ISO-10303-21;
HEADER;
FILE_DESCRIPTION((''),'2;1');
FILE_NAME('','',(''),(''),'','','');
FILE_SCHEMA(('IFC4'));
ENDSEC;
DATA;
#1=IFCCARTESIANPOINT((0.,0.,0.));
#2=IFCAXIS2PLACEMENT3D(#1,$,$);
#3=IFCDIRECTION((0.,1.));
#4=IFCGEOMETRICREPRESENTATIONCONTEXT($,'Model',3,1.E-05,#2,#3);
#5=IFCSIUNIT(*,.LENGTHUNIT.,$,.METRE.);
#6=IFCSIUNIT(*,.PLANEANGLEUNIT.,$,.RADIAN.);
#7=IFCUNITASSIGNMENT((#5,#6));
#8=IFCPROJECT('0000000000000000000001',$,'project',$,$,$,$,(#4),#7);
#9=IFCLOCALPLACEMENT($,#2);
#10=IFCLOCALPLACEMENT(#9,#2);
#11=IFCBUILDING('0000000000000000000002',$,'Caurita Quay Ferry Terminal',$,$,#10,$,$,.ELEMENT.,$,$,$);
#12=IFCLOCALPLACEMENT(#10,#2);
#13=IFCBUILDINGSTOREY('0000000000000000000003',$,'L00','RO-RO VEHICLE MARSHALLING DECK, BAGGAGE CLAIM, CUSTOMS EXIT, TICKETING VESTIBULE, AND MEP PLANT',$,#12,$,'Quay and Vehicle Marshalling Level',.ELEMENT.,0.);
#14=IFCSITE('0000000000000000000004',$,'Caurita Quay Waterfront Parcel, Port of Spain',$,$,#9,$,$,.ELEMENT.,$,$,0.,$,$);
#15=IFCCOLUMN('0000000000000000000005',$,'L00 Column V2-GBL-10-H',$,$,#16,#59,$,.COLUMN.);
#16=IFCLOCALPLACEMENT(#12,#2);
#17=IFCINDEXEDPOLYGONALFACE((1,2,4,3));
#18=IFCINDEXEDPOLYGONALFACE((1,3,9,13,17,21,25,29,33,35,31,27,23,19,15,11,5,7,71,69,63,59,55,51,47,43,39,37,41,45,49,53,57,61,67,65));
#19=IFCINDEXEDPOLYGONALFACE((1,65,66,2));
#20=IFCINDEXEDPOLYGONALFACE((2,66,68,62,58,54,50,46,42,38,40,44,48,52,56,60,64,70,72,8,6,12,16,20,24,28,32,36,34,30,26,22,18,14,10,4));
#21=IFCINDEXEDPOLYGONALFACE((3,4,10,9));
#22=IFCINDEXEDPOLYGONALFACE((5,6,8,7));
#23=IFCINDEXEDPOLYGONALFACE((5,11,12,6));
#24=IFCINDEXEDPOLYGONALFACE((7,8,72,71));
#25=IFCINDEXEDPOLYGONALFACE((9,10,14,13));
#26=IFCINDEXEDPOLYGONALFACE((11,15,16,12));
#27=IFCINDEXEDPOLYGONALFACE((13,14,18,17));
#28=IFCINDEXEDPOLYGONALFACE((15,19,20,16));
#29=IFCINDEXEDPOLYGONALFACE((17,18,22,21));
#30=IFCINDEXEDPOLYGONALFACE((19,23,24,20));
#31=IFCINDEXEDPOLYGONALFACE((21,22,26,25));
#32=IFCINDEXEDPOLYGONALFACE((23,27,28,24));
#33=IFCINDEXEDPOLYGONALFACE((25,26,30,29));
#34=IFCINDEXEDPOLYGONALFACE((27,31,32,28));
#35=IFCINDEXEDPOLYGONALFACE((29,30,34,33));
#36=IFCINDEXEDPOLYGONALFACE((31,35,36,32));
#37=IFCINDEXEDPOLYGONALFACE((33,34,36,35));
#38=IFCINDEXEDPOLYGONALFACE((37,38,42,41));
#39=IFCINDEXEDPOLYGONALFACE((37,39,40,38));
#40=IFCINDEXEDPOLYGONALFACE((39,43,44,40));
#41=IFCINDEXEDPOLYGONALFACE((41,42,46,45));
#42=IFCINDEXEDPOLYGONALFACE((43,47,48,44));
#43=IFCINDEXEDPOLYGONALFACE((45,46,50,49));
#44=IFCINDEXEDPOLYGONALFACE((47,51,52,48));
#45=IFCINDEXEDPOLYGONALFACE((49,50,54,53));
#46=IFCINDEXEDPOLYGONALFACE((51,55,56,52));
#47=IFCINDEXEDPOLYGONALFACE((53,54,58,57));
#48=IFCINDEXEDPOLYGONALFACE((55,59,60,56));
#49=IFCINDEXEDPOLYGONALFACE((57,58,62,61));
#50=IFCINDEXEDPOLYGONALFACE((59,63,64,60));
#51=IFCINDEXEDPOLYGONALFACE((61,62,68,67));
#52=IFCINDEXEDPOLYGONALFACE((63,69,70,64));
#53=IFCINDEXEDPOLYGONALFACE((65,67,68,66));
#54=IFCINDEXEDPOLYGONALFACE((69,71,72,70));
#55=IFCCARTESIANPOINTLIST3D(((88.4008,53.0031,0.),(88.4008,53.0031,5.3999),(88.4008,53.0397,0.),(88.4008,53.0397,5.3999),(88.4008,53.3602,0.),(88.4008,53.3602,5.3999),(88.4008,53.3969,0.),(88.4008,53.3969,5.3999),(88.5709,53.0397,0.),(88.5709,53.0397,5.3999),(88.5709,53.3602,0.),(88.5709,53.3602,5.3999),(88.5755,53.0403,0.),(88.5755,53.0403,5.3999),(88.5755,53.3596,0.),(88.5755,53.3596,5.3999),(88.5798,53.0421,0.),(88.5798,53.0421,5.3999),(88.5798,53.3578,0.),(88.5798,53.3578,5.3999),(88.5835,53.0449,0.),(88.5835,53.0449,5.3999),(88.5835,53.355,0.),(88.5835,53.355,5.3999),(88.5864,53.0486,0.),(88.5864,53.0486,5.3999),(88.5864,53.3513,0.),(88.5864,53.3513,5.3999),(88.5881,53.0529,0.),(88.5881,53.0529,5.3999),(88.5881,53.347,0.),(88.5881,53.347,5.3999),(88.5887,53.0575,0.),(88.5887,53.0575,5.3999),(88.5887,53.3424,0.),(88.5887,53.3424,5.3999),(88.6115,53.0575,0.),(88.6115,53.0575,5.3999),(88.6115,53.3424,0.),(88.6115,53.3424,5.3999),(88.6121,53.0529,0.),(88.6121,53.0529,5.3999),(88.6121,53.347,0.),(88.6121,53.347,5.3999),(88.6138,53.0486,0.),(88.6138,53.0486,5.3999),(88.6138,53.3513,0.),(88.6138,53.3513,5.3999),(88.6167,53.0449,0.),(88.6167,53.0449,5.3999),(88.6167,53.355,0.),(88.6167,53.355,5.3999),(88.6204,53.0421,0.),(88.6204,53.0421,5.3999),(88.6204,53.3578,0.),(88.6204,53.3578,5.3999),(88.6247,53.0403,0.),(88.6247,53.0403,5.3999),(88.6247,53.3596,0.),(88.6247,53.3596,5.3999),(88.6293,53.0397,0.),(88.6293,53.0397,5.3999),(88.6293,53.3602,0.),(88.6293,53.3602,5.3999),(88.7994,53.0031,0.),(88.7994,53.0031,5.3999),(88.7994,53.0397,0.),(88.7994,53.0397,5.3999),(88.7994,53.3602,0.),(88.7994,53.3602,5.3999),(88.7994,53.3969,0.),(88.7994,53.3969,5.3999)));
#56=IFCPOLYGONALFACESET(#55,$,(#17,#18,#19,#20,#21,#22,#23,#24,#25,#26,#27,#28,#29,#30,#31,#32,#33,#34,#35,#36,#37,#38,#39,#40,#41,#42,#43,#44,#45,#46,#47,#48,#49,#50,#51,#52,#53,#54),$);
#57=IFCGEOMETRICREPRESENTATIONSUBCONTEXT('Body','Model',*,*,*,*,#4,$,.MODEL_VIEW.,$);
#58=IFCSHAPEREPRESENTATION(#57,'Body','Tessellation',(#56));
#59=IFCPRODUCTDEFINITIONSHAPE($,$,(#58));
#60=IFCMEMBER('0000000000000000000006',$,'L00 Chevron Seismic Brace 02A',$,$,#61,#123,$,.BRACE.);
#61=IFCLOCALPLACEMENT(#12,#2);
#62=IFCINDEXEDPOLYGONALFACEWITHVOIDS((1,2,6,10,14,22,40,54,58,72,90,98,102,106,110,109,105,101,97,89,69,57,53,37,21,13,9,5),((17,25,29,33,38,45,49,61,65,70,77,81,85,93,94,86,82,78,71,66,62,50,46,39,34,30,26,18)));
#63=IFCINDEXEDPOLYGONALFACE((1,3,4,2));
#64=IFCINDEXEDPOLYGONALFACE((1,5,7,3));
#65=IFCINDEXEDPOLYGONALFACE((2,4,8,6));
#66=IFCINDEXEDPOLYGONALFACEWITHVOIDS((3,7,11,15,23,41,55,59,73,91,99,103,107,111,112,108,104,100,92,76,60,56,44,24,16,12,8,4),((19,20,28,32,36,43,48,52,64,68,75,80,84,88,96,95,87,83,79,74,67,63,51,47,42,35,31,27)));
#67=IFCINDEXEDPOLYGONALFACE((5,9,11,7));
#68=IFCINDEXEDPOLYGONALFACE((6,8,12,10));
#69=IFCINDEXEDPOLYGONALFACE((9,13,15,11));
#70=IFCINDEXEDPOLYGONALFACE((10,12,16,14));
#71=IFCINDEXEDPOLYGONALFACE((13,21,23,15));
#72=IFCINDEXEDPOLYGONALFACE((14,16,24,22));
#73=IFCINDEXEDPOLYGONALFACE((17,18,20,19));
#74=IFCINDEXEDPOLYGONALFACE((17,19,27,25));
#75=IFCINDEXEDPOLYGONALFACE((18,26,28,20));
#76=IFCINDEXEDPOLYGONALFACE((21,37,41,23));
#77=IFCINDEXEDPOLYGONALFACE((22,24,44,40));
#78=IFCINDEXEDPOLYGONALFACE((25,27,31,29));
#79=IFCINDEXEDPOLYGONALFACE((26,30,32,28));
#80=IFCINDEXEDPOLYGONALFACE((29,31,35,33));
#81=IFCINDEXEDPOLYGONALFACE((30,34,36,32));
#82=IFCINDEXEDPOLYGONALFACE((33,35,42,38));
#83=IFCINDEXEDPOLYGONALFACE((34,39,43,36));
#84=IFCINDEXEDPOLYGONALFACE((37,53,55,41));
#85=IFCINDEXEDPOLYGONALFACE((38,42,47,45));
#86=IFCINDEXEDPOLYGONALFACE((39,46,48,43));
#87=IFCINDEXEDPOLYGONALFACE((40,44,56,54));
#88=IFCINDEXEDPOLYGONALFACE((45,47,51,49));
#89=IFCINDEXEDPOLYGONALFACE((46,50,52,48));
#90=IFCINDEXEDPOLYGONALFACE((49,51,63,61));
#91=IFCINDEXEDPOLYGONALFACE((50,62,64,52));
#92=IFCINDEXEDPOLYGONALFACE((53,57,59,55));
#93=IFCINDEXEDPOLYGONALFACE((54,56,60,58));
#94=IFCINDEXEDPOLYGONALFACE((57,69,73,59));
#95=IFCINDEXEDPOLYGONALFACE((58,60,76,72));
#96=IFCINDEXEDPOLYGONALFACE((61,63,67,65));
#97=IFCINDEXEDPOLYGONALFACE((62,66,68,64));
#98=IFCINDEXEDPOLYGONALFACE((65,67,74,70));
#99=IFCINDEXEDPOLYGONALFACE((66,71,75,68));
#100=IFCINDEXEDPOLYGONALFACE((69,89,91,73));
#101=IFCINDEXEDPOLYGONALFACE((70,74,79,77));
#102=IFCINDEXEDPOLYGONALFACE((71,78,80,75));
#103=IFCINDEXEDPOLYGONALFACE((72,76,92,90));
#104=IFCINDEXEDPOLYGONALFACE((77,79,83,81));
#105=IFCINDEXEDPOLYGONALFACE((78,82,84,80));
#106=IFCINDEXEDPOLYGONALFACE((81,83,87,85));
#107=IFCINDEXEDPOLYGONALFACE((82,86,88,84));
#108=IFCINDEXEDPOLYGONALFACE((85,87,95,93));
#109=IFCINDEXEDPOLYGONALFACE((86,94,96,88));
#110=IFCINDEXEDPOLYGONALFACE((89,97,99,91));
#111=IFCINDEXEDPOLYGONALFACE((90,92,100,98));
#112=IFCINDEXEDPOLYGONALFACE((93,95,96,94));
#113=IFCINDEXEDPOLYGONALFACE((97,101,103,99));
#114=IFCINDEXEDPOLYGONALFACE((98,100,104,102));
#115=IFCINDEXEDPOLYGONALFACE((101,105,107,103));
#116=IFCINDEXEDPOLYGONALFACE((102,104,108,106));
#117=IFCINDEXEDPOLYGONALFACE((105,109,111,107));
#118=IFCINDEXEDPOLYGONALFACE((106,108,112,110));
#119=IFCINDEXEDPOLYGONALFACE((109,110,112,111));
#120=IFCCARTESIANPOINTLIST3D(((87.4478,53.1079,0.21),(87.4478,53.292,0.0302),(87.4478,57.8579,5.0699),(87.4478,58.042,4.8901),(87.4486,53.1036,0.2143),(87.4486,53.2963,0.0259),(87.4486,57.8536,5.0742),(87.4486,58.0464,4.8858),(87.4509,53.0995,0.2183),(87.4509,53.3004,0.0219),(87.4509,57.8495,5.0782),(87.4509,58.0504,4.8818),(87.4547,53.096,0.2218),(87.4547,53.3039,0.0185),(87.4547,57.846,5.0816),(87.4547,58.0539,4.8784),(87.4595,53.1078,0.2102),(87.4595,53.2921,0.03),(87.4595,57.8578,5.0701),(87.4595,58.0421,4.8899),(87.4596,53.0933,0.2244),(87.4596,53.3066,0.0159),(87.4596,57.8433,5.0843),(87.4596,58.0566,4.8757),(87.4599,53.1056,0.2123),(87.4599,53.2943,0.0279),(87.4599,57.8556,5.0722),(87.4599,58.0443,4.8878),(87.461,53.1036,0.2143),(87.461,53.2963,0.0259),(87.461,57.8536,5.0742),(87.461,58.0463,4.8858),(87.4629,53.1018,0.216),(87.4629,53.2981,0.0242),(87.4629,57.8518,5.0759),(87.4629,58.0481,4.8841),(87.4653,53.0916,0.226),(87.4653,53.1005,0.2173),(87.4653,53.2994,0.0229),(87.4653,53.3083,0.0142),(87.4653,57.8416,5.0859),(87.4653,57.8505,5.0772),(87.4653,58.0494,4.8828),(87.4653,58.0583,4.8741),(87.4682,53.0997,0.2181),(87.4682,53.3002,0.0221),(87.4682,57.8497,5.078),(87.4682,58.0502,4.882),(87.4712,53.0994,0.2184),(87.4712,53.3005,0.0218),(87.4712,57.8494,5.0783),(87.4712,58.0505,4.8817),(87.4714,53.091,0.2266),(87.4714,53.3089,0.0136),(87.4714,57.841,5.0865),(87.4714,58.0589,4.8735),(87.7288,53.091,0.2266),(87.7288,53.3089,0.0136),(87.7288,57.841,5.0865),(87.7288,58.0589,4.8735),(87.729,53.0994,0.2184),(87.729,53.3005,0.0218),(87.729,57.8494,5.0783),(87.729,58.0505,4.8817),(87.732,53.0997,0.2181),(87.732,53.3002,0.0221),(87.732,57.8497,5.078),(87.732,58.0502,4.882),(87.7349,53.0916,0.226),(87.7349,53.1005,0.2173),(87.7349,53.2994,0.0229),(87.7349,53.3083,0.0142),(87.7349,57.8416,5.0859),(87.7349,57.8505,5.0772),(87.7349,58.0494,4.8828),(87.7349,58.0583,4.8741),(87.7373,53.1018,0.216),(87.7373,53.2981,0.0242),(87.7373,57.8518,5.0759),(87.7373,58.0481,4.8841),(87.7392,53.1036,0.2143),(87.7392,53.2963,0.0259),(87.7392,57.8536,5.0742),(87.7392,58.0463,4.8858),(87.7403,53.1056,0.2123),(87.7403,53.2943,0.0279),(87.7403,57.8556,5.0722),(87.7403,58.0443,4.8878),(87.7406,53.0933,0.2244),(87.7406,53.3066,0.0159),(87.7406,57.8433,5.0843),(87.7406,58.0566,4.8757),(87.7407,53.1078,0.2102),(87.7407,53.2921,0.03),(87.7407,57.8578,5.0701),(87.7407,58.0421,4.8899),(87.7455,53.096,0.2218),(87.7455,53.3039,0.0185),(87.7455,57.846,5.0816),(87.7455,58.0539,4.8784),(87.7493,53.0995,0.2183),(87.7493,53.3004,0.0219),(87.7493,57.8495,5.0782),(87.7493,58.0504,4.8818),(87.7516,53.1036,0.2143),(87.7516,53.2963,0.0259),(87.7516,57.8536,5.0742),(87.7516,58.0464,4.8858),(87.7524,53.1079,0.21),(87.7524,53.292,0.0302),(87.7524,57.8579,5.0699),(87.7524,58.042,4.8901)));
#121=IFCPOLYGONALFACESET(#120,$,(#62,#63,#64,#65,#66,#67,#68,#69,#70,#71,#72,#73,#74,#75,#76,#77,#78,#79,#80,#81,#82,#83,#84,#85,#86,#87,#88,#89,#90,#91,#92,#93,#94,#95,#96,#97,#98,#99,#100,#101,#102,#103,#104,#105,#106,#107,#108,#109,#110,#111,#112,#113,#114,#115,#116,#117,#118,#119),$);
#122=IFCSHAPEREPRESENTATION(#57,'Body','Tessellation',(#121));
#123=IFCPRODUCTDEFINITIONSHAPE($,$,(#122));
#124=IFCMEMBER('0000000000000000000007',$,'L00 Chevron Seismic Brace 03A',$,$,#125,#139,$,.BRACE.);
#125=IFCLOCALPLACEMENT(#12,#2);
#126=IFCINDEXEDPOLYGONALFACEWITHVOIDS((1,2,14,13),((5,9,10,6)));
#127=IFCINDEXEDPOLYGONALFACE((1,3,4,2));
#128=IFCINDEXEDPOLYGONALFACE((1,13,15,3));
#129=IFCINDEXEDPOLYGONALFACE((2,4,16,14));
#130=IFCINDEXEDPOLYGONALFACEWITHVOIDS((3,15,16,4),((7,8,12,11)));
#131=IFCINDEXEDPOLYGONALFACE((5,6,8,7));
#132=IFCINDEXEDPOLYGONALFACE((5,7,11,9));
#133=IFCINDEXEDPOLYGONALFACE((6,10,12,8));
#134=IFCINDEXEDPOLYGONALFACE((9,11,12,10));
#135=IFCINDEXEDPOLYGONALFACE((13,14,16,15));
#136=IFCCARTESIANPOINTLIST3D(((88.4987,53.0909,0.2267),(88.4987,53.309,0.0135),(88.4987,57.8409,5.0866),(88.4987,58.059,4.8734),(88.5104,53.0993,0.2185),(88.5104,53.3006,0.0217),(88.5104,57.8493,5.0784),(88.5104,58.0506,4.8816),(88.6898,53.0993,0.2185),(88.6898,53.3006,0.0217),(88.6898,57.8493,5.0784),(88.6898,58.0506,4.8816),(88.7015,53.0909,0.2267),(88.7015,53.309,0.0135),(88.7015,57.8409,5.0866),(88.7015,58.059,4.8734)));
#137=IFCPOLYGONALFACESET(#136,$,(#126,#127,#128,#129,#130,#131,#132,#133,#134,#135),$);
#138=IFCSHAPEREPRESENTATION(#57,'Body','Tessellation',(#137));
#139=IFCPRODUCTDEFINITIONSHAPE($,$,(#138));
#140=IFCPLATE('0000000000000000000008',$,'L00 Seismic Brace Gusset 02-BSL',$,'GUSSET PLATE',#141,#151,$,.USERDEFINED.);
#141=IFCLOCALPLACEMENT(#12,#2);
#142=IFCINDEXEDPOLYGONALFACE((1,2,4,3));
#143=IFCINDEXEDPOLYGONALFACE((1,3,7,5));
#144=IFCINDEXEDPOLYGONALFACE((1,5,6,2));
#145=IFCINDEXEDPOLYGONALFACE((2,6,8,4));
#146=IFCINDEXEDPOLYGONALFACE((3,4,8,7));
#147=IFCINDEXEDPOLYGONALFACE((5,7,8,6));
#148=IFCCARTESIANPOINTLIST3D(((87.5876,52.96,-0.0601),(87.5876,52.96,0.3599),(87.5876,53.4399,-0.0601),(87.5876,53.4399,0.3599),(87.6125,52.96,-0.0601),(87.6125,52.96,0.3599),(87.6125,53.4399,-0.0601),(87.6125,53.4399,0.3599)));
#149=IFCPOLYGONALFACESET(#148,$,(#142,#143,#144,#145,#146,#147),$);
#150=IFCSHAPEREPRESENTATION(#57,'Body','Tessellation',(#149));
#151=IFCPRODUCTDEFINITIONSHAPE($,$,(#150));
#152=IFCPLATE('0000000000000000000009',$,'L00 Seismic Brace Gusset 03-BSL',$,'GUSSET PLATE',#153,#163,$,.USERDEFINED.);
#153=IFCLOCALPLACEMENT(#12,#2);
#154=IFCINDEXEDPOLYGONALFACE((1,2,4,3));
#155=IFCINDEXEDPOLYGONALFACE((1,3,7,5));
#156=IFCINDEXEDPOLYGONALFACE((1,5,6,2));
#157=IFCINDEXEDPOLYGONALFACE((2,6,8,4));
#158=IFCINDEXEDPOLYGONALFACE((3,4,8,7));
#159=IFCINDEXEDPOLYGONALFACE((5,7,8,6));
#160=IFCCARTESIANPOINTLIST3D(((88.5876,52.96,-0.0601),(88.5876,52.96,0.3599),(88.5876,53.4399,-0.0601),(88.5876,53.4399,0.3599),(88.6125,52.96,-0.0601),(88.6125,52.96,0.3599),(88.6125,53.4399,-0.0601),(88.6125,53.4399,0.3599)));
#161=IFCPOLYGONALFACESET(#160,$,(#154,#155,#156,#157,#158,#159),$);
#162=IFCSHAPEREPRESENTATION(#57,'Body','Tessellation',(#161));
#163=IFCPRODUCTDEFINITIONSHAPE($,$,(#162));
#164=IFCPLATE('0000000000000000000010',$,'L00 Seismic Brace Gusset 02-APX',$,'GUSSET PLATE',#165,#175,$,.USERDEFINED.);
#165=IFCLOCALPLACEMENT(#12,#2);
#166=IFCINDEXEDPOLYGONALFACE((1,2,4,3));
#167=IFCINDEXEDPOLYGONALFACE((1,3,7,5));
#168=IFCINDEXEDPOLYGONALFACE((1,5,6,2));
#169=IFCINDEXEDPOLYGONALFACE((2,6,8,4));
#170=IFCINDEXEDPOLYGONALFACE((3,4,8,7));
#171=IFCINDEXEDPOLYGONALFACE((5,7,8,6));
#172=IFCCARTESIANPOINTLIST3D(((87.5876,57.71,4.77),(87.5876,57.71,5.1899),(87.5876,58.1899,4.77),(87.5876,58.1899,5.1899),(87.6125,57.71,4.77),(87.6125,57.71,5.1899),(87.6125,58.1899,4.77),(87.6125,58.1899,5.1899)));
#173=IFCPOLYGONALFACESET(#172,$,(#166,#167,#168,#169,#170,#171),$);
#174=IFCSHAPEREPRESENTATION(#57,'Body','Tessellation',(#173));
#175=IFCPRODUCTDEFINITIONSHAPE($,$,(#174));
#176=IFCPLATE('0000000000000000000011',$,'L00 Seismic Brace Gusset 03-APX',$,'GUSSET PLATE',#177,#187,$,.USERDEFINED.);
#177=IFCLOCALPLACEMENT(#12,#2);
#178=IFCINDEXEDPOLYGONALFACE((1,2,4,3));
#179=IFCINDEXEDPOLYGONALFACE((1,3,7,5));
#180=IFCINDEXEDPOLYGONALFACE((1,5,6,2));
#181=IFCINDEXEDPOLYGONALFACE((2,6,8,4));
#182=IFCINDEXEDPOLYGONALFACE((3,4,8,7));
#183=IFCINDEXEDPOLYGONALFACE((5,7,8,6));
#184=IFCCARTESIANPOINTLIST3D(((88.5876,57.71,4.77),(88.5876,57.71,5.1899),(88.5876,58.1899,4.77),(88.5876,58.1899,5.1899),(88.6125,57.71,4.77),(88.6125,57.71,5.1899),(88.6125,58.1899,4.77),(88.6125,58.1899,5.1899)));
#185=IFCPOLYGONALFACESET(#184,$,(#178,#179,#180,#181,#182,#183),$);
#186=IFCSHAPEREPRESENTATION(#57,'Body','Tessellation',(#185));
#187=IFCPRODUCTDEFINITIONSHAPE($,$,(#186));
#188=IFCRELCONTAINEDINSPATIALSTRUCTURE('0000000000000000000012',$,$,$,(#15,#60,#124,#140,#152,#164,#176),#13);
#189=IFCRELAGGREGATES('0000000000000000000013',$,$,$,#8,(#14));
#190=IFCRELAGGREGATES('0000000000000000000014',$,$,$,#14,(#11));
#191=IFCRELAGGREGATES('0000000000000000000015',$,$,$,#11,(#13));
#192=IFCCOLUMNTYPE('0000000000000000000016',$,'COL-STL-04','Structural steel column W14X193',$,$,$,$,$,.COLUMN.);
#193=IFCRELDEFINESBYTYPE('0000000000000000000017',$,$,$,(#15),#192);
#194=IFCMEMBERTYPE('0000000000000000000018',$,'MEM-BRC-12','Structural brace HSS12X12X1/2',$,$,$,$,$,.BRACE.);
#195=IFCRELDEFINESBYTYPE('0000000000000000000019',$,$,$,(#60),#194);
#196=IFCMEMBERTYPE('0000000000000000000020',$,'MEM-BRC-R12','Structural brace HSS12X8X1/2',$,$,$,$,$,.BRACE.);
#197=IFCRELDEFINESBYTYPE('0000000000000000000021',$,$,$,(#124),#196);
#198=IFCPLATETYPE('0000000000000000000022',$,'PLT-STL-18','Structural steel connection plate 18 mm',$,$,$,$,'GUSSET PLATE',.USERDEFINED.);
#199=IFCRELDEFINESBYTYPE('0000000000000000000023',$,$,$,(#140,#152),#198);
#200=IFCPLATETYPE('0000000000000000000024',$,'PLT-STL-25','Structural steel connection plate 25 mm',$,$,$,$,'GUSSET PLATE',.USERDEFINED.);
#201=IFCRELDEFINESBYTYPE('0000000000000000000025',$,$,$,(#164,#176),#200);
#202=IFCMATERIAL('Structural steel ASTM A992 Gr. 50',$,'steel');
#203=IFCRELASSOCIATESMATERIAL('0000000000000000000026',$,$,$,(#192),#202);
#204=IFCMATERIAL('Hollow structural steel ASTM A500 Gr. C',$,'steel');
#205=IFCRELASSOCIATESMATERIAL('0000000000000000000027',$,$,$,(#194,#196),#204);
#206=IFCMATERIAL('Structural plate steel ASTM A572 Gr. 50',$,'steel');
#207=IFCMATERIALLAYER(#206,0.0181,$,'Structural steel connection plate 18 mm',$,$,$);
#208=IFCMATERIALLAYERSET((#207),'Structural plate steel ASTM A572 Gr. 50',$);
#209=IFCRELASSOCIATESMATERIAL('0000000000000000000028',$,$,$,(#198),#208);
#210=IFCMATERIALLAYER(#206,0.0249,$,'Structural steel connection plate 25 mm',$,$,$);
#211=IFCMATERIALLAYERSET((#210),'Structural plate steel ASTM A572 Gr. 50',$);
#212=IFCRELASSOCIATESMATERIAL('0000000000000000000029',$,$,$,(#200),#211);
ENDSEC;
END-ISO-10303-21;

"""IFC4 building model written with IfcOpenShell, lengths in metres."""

from ifc_helpers import new_model, si_unit, direction, frame, origin, origin_2d, place, context, subcontext, project, spatial, rectangle, hollow_rectangle, i_section, extrude, material, layer, layer_set, material_profile, profile_set, type_object, element, save


model = new_model("IFC4")

# Units and contexts
model_context = context("Model", 3, precision=1e-05, world=origin(), true_north=direction((0.0, 1.0)))
body_context = subcontext(model_context, "Body", "Model", "MODEL_VIEW")
ifc_project = project(units=[si_unit("LENGTHUNIT", "METRE"), si_unit("PLANEANGLEUNIT", "RADIAN")], contexts=[model_context])

# Site, building, storey
site_placement = place(None, origin())
site = spatial("IfcSite", under=ifc_project, at=site_placement, Name="Caurita Quay Waterfront Parcel, Port of Spain", CompositionType="ELEMENT", RefElevation=0.0)
building_placement = place(site_placement, origin())
building = spatial("IfcBuilding", under=site, at=building_placement, Name="Caurita Quay Ferry Terminal", CompositionType="ELEMENT")
storey_placement = place(building_placement, origin())
storey = spatial("IfcBuildingStorey", under=building, at=storey_placement, Name="L00", Description="RO-RO VEHICLE MARSHALLING DECK, BAGGAGE CLAIM, CUSTOMS EXIT, TICKETING VESTIBULE, AND MEP PLANT", LongName="Quay and Vehicle Marshalling Level", CompositionType="ELEMENT", Elevation=0.0)

# Column
ifc_material_1 = material(Name="Structural steel ASTM A992 Gr. 50", Category="steel")
ifc_material_profile_1 = material_profile(ifc_material_1, i_section(OverallWidth=0.3987, OverallDepth=0.3938, WebThickness=0.0227, FlangeThickness=0.0366, FilletRadius=0.0178, at=origin_2d()), Name="W14X193")
ifc_profile_set_1 = profile_set([ifc_material_profile_1], Name="Structural steel ASTM A992 Gr. 50")
column_type_1 = type_object("IfcColumnType", Name="COL-STL-04", Description="Structural steel column W14X193", PredefinedType="COLUMN", material=ifc_profile_set_1)
for number, where, z_axis, x_axis, name in (
    (1, (88.6001, 53.2, 0.0), (0.0, 0.0, 1.0), (1.0, 0.0, 0.0), "L00 Column V2-GBL-10-H"),
):
    element("IfcColumn", number, at=place(storey_placement, frame(where, z_axis=z_axis, x_axis=x_axis)), inside=storey, type_object=column_type_1, Name=name, PredefinedType="COLUMN", context=body_context, shape_type="SweptSolid", body=[
        extrude(i_section(OverallWidth=0.3987, OverallDepth=0.3938, WebThickness=0.0227, FlangeThickness=0.0366, FilletRadius=0.0178, at=origin_2d()), origin(), (0.0, 0.0, 1.0), 5.3999),
    ])

# Members
ifc_material_2 = material(Name="Hollow structural steel ASTM A500 Gr. C", Category="steel")
ifc_material_profile_2 = material_profile(ifc_material_2, hollow_rectangle(XDim=0.3047, YDim=0.3047, WallThickness=0.0117, InnerFilletRadius=0.0117, OuterFilletRadius=0.0237, at=origin_2d()), Name="HSS12X12X1/2")
ifc_profile_set_2 = profile_set([ifc_material_profile_2], Name="Hollow structural steel ASTM A500 Gr. C")
member_type_1 = type_object("IfcMemberType", Name="MEM-BRC-12", Description="Structural brace HSS12X12X1/2", PredefinedType="BRACE", material=ifc_profile_set_2)
member_1_placement = place(storey_placement, frame((87.6001, 53.2, 0.1201), z_axis=(0.0, 0.698977, 0.715144), x_axis=(-1.0, 0.0, 0.0)))
element("IfcMember", 2, at=member_1_placement, inside=storey, type_object=member_type_1, Name="L00 Chevron Seismic Brace 02A", PredefinedType="BRACE", context=body_context, shape_type="SweptSolid", body=[
    extrude(hollow_rectangle(XDim=0.3047, YDim=0.3047, WallThickness=0.0117, InnerFilletRadius=0.0117, OuterFilletRadius=0.0237, at=origin_2d()), origin(), (0.0, 0.0, 1.0), 6.7957),
])
ifc_material_profile_3 = material_profile(ifc_material_2, hollow_rectangle(XDim=0.2029, YDim=0.3049, WallThickness=0.0117, at=origin_2d()), Name="HSS12X8X1/2")
ifc_profile_set_3 = profile_set([ifc_material_profile_3], Name="Hollow structural steel ASTM A500 Gr. C")
member_type_2 = type_object("IfcMemberType", Name="MEM-BRC-R12", Description="Structural brace HSS12X8X1/2", PredefinedType="BRACE", material=ifc_profile_set_3)
member_2_placement = place(storey_placement, frame((88.6001, 53.2, 0.1201), z_axis=(0.0, 0.698977, 0.715144), x_axis=(-1.0, 0.0, 0.0)))
element("IfcMember", 3, at=member_2_placement, inside=storey, type_object=member_type_2, Name="L00 Chevron Seismic Brace 03A", PredefinedType="BRACE", context=body_context, shape_type="SweptSolid", body=[
    extrude(hollow_rectangle(XDim=0.2029, YDim=0.3049, WallThickness=0.0117, at=origin_2d()), origin(), (0.0, 0.0, 1.0), 6.7957),
])

# Plates
ifc_material_3 = material(Name="Structural plate steel ASTM A572 Gr. 50", Category="steel")
ifc_layer_1 = layer(ifc_material_3, 0.0181, Name="Structural steel connection plate 18 mm")
ifc_layer_set_1 = layer_set([ifc_layer_1], Name="Structural plate steel ASTM A572 Gr. 50")
plate_type_1 = type_object("IfcPlateType", Name="PLT-STL-18", Description="Structural steel connection plate 18 mm", ElementType="GUSSET PLATE", PredefinedType="USERDEFINED", material=ifc_layer_set_1)
for number, where, z_axis, x_axis, name in (
    (4, (87.6001, 53.2, -0.0601), (0.0, 0.0, 1.0), (0.0, 1.0, 0.0), "L00 Seismic Brace Gusset 02-BSL"),
    (5, (88.6001, 53.2, -0.0601), (0.0, 0.0, 1.0), (0.0, 1.0, 0.0), "L00 Seismic Brace Gusset 03-BSL"),
):
    element("IfcPlate", number, at=place(storey_placement, frame(where, z_axis=z_axis, x_axis=x_axis)), inside=storey, type_object=plate_type_1, Name=name, ObjectType="GUSSET PLATE", PredefinedType="USERDEFINED", context=body_context, shape_type="SweptSolid", body=[
        extrude(rectangle(XDim=0.48, YDim=0.0249, at=origin_2d()), origin(), (0.0, 0.0, 1.0), 0.4199),
    ])
ifc_layer_2 = layer(ifc_material_3, 0.0249, Name="Structural steel connection plate 25 mm")
ifc_layer_set_2 = layer_set([ifc_layer_2], Name="Structural plate steel ASTM A572 Gr. 50")
plate_type_2 = type_object("IfcPlateType", Name="PLT-STL-25", Description="Structural steel connection plate 25 mm", ElementType="GUSSET PLATE", PredefinedType="USERDEFINED", material=ifc_layer_set_2)
for number, where, z_axis, x_axis, name in (
    (6, (87.6001, 57.95, 4.77), (0.0, 0.0, 1.0), (0.0, 1.0, 0.0), "L00 Seismic Brace Gusset 02-APX"),
    (7, (88.6001, 57.95, 4.77), (0.0, 0.0, 1.0), (0.0, 1.0, 0.0), "L00 Seismic Brace Gusset 03-APX"),
):
    element("IfcPlate", number, at=place(storey_placement, frame(where, z_axis=z_axis, x_axis=x_axis)), inside=storey, type_object=plate_type_2, Name=name, ObjectType="GUSSET PLATE", PredefinedType="USERDEFINED", context=body_context, shape_type="SweptSolid", body=[
        extrude(rectangle(XDim=0.48, YDim=0.0249, at=origin_2d()), origin(), (0.0, 0.0, 1.0), 0.4199),
    ])

save(model, "model.ifc")
